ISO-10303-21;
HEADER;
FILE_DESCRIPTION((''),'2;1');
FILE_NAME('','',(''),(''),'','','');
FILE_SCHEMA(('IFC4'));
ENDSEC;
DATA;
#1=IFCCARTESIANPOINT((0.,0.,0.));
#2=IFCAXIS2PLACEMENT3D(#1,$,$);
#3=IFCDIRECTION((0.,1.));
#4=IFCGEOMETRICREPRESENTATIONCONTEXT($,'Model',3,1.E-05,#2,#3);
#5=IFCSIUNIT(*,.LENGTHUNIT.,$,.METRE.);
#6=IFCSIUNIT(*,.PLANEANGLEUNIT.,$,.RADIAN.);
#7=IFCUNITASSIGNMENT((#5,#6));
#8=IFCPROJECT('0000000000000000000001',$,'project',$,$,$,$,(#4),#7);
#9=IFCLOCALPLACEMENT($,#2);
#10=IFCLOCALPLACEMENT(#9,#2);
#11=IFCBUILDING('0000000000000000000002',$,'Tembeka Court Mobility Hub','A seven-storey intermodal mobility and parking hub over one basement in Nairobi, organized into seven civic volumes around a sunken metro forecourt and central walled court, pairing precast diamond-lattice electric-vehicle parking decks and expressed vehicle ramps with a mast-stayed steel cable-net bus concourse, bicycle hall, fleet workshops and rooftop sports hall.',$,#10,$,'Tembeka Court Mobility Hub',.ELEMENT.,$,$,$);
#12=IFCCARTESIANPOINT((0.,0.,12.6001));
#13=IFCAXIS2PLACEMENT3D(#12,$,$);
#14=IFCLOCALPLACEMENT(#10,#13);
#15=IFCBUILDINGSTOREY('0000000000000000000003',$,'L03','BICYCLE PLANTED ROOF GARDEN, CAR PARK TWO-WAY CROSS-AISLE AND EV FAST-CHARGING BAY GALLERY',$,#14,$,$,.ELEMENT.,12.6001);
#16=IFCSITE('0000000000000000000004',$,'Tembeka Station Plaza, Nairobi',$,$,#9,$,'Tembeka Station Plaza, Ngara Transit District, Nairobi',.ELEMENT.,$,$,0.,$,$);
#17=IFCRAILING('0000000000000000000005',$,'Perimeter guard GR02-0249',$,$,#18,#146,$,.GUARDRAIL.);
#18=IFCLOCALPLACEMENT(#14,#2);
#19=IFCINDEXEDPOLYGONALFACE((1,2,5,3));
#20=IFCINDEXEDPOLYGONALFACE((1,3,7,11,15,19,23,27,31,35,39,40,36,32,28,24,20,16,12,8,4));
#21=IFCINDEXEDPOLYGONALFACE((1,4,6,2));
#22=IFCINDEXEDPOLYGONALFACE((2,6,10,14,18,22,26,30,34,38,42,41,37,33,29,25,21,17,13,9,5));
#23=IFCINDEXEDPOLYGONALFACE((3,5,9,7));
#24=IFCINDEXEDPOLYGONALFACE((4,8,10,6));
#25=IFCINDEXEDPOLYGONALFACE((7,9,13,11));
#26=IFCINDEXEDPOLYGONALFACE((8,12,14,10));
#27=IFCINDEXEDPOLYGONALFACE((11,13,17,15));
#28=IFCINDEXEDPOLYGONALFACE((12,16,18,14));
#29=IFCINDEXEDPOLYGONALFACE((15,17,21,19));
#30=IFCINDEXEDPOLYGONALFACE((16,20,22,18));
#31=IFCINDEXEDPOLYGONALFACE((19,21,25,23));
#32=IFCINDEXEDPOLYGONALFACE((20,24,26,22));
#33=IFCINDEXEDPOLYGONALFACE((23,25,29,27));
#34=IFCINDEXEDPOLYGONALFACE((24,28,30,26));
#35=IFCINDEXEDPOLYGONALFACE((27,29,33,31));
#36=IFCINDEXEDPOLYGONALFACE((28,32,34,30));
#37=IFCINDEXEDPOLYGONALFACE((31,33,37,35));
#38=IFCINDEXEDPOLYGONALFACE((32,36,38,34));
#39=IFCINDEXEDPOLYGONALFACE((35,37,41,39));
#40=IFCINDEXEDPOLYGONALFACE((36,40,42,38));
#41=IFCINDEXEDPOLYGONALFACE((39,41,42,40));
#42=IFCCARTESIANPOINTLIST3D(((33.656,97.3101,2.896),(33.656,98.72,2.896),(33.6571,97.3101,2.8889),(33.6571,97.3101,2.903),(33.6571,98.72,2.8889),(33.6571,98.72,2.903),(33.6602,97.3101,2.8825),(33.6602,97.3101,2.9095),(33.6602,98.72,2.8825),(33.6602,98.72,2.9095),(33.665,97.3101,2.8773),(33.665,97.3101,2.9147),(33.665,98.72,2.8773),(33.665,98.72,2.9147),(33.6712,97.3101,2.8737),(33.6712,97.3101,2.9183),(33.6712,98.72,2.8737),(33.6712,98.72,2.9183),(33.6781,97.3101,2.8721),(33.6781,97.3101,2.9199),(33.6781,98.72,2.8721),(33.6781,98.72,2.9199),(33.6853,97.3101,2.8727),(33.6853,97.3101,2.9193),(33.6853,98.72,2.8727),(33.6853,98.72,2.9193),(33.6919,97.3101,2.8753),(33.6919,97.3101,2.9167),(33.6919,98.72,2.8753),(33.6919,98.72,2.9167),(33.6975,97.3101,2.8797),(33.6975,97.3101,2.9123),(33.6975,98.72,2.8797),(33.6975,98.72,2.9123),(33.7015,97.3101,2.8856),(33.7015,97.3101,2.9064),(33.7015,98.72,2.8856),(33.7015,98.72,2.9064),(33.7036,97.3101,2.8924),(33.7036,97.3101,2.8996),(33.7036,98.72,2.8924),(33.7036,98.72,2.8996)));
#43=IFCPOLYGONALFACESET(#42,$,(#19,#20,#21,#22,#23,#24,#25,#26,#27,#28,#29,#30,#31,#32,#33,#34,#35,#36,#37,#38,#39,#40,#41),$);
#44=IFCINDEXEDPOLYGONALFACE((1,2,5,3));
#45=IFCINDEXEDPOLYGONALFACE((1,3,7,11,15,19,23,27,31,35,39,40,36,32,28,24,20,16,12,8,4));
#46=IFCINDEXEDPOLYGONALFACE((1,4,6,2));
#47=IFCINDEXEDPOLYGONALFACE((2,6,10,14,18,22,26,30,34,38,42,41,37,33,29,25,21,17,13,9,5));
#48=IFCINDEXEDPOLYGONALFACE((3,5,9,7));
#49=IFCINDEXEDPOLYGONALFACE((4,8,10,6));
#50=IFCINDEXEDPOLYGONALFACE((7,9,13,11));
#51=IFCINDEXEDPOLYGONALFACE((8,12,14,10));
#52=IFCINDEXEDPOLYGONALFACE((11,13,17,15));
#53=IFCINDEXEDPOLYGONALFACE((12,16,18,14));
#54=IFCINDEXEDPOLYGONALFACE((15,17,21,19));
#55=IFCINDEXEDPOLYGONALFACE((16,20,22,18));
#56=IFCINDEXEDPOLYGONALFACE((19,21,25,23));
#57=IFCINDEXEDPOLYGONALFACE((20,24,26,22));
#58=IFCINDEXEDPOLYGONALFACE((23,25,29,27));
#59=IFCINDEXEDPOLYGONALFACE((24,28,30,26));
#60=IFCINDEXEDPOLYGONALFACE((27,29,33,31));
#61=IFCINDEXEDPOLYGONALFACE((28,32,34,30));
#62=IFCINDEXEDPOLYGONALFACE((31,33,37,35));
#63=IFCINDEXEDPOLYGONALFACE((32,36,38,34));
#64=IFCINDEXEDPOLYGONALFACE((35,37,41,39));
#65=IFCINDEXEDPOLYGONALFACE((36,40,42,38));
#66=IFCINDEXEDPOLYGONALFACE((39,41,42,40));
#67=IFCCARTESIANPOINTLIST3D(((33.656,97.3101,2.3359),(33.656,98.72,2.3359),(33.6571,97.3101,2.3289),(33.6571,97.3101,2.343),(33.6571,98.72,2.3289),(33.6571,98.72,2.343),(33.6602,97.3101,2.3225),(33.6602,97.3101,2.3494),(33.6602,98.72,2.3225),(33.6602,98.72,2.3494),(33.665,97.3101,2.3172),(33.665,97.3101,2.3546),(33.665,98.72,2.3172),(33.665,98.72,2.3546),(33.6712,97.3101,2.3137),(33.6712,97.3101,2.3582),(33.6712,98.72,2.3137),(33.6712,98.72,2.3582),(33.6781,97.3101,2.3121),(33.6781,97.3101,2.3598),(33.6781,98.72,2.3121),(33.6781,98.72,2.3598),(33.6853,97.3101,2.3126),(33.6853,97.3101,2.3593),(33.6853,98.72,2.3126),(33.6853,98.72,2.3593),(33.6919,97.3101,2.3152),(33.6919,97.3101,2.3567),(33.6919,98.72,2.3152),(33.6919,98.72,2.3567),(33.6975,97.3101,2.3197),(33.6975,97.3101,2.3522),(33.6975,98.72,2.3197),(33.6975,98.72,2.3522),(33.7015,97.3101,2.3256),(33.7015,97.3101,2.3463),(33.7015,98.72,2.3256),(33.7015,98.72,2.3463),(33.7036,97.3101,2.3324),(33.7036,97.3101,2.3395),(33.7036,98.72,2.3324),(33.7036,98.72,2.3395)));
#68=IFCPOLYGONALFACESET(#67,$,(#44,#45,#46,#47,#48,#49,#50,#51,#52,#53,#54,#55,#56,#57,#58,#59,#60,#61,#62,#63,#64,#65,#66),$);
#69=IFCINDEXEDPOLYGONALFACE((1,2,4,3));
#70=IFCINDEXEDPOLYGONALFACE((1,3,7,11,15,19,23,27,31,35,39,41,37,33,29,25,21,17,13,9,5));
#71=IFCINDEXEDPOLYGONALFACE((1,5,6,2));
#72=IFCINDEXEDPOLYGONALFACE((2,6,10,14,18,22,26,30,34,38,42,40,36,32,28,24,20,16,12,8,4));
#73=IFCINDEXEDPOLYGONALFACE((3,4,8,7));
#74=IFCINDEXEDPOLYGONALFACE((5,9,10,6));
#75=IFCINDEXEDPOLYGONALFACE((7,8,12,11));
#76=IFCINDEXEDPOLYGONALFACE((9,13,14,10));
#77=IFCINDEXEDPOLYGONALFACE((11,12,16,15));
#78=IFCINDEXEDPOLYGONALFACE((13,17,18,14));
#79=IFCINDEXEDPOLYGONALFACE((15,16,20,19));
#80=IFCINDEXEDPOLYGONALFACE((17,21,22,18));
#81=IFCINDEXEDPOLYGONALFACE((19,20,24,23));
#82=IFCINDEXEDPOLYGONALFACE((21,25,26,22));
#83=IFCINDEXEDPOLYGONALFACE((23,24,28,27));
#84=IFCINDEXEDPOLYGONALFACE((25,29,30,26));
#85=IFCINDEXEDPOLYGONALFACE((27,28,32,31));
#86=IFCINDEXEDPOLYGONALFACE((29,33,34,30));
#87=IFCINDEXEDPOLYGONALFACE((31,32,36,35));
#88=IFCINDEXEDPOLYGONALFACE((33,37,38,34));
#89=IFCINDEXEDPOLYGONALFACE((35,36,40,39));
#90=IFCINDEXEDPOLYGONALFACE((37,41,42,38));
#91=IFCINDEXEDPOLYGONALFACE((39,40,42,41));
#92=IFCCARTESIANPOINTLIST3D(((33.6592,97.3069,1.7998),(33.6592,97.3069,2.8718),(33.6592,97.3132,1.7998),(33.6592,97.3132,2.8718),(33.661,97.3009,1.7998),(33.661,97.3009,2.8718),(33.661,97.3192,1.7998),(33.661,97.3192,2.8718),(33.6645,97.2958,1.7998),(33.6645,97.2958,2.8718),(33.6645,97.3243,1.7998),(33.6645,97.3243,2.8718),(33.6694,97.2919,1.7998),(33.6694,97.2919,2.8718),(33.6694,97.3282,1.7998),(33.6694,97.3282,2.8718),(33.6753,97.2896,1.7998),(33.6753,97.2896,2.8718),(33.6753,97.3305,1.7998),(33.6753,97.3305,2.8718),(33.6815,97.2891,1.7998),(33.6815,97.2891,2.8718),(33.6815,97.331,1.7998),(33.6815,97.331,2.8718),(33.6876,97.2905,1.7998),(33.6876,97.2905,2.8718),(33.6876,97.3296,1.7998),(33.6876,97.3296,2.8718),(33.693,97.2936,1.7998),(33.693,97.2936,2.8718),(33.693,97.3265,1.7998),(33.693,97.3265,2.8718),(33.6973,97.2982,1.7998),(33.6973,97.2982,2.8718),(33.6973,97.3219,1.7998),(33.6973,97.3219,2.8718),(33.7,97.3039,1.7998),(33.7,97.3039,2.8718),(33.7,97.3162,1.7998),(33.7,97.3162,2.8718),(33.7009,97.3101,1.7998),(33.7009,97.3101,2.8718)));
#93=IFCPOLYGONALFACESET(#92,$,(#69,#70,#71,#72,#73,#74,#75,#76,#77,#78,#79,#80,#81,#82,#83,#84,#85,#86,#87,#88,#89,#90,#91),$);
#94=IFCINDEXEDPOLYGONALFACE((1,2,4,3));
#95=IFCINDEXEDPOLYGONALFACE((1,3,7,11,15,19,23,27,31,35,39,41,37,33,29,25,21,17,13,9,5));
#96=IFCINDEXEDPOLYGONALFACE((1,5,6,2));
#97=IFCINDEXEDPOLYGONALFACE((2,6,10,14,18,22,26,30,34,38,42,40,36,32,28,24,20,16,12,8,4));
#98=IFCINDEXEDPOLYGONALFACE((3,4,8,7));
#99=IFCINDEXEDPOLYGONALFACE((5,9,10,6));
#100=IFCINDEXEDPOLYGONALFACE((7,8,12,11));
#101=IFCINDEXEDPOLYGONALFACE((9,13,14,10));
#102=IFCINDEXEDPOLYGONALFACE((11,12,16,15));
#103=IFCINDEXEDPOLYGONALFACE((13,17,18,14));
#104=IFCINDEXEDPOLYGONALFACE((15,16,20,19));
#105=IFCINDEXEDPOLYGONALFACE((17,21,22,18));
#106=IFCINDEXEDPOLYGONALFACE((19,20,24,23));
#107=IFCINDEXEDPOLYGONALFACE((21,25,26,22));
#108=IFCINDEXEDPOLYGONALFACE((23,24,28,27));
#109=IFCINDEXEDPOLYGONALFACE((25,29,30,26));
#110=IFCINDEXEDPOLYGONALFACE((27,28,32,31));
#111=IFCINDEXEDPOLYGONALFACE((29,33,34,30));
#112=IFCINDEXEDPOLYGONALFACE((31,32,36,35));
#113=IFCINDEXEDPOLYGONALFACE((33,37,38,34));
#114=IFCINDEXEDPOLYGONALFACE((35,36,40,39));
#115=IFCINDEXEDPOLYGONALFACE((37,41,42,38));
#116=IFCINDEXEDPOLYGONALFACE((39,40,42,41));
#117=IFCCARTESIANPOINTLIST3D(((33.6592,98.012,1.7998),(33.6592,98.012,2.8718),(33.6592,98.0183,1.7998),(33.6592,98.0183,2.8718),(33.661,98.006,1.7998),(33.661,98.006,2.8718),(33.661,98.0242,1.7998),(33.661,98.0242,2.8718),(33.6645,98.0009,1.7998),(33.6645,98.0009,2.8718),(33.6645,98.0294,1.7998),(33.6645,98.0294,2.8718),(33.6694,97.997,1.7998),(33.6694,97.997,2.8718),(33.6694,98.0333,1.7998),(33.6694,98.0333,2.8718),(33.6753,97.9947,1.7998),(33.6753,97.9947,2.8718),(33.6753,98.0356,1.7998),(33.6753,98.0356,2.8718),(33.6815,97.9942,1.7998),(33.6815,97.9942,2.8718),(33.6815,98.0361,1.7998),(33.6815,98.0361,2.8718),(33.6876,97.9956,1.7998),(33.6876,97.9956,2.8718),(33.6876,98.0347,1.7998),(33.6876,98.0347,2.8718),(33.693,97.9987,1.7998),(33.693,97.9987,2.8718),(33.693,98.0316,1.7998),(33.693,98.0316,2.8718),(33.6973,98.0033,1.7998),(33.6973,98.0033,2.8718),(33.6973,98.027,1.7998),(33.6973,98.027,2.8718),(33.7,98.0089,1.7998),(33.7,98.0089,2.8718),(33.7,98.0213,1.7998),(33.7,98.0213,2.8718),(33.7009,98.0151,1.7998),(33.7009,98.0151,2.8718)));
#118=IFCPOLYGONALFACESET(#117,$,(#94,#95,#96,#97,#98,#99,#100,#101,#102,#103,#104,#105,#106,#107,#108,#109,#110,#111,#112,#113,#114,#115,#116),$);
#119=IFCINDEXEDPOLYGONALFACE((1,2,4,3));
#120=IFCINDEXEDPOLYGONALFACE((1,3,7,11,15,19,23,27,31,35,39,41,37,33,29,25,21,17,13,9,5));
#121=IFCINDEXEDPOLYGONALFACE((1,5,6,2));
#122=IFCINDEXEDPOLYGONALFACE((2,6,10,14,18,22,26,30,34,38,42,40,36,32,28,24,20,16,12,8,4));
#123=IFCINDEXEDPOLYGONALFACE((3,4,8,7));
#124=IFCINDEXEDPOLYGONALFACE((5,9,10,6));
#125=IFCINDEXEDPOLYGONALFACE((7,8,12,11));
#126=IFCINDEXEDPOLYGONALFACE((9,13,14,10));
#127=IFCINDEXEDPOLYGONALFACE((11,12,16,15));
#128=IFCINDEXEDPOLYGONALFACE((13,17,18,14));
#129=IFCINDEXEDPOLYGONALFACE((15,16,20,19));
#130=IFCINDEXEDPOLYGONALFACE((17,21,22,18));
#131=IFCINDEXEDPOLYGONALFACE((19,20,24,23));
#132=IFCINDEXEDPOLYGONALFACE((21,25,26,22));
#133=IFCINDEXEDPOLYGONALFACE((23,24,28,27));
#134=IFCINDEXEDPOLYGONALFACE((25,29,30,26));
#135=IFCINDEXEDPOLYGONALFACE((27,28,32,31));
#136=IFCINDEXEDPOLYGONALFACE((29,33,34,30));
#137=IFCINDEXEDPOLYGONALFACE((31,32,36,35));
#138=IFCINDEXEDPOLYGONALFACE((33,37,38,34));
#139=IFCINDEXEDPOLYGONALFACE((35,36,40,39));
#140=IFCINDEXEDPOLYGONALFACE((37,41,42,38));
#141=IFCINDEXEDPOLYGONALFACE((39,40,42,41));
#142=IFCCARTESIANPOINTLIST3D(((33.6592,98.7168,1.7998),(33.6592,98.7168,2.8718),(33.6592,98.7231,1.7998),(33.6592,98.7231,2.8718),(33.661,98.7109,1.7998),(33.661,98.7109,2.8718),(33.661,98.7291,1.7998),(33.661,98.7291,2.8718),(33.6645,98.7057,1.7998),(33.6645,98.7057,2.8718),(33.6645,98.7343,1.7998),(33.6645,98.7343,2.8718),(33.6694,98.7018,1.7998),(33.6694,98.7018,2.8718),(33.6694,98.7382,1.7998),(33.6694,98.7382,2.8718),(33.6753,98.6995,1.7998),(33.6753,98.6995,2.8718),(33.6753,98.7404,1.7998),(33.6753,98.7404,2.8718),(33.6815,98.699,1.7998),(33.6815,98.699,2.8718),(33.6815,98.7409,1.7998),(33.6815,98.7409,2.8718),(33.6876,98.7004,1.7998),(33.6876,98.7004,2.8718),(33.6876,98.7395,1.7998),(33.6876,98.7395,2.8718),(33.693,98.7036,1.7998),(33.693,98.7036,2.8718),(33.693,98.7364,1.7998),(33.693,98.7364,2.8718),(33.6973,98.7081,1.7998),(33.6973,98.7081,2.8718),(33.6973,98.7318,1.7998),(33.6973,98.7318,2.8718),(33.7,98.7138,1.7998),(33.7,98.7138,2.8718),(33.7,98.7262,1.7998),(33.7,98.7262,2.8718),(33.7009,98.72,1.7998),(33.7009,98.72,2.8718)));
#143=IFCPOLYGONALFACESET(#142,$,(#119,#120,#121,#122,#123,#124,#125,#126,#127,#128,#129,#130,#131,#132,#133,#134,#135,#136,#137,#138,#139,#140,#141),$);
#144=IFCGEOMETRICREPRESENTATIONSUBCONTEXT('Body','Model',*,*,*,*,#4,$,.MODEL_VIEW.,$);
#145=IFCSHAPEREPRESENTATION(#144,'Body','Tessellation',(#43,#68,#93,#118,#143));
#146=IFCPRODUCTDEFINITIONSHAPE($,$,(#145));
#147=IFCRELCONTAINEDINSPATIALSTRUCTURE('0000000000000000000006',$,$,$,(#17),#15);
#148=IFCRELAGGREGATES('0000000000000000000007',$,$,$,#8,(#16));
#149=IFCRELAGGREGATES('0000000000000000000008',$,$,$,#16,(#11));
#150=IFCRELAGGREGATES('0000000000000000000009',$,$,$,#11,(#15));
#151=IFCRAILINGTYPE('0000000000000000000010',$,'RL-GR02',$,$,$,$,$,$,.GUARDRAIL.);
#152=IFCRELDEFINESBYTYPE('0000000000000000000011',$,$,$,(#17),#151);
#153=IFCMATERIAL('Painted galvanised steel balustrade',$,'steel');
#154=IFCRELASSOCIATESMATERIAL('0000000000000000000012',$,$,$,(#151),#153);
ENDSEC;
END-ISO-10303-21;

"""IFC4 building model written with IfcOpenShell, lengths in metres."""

from ifc_helpers import new_model, si_unit, direction, frame, origin, origin_2d, place, context, subcontext, project, spatial, circle, extrude, material, type_object, element, save


model = new_model("IFC4")

# Units and contexts
model_context = context("Model", 3, precision=1e-05, world=origin(), true_north=direction((0.0, 1.0)))
body_context = subcontext(model_context, "Body", "Model", "MODEL_VIEW")
ifc_project = project(units=[si_unit("LENGTHUNIT", "METRE"), si_unit("PLANEANGLEUNIT", "RADIAN")], contexts=[model_context])

# Site, building, storey
site_placement = place(None, origin())
site = spatial("IfcSite", under=ifc_project, at=site_placement, Name="Tembeka Station Plaza, Nairobi", LongName="Tembeka Station Plaza, Ngara Transit District, Nairobi", CompositionType="ELEMENT", RefElevation=0.0)
building_placement = place(site_placement, origin())
building = spatial("IfcBuilding", under=site, at=building_placement, Name="Tembeka Court Mobility Hub", Description="A seven-storey intermodal mobility and parking hub over one basement in Nairobi, organized into seven civic volumes around a sunken metro forecourt and central walled court, pairing precast diamond-lattice electric-vehicle parking decks and expressed vehicle ramps with a mast-stayed steel cable-net bus concourse, bicycle hall, fleet workshops and rooftop sports hall.", LongName="Tembeka Court Mobility Hub", CompositionType="ELEMENT")
storey_placement = place(building_placement, frame((0.0, 0.0, 12.6001)))
storey = spatial("IfcBuildingStorey", under=building, at=storey_placement, Name="L03", Description="BICYCLE PLANTED ROOF GARDEN, CAR PARK TWO-WAY CROSS-AISLE AND EV FAST-CHARGING BAY GALLERY", CompositionType="ELEMENT", Elevation=12.6001)

# Railing
ifc_material_1 = material(Name="Painted galvanised steel balustrade", Category="steel")
railing_type_1 = type_object("IfcRailingType", Name="RL-GR02", PredefinedType="GUARDRAIL", material=ifc_material_1)
railing_1_placement = place(storey_placement, frame((33.6799, 97.3101, 1.7998)))
element("IfcRailing", 1, at=railing_1_placement, inside=storey, type_object=railing_type_1, Name="Perimeter guard GR02-0249", PredefinedType="GUARDRAIL", context=body_context, shape_type="SweptSolid", body=[
    extrude(circle(Radius=0.0239, at=origin_2d()), frame((0.0, 0.0, 1.0962), z_axis=(0.0, 1.0, 0.0), x_axis=(-1.0, 0.0, 0.0)), (0.0, 0.0, 1.0), 1.4099),
    extrude(circle(Radius=0.0239, at=origin_2d()), frame((0.0, 0.0, 0.5361), z_axis=(0.0, 1.0, 0.0), x_axis=(-1.0, 0.0, 0.0)), (0.0, 0.0, 1.0), 1.4099),
    extrude(circle(Radius=0.021, at=origin_2d()), origin(), (0.0, 0.0, 1.0), 1.072),
    extrude(circle(Radius=0.021, at=origin_2d()), frame((0.0, 0.7051, 0.0)), (0.0, 0.0, 1.0), 1.072),
    extrude(circle(Radius=0.021, at=origin_2d()), frame((0.0, 1.4099, 0.0)), (0.0, 0.0, 1.0), 1.072),
])

save(model, "model.ifc")
